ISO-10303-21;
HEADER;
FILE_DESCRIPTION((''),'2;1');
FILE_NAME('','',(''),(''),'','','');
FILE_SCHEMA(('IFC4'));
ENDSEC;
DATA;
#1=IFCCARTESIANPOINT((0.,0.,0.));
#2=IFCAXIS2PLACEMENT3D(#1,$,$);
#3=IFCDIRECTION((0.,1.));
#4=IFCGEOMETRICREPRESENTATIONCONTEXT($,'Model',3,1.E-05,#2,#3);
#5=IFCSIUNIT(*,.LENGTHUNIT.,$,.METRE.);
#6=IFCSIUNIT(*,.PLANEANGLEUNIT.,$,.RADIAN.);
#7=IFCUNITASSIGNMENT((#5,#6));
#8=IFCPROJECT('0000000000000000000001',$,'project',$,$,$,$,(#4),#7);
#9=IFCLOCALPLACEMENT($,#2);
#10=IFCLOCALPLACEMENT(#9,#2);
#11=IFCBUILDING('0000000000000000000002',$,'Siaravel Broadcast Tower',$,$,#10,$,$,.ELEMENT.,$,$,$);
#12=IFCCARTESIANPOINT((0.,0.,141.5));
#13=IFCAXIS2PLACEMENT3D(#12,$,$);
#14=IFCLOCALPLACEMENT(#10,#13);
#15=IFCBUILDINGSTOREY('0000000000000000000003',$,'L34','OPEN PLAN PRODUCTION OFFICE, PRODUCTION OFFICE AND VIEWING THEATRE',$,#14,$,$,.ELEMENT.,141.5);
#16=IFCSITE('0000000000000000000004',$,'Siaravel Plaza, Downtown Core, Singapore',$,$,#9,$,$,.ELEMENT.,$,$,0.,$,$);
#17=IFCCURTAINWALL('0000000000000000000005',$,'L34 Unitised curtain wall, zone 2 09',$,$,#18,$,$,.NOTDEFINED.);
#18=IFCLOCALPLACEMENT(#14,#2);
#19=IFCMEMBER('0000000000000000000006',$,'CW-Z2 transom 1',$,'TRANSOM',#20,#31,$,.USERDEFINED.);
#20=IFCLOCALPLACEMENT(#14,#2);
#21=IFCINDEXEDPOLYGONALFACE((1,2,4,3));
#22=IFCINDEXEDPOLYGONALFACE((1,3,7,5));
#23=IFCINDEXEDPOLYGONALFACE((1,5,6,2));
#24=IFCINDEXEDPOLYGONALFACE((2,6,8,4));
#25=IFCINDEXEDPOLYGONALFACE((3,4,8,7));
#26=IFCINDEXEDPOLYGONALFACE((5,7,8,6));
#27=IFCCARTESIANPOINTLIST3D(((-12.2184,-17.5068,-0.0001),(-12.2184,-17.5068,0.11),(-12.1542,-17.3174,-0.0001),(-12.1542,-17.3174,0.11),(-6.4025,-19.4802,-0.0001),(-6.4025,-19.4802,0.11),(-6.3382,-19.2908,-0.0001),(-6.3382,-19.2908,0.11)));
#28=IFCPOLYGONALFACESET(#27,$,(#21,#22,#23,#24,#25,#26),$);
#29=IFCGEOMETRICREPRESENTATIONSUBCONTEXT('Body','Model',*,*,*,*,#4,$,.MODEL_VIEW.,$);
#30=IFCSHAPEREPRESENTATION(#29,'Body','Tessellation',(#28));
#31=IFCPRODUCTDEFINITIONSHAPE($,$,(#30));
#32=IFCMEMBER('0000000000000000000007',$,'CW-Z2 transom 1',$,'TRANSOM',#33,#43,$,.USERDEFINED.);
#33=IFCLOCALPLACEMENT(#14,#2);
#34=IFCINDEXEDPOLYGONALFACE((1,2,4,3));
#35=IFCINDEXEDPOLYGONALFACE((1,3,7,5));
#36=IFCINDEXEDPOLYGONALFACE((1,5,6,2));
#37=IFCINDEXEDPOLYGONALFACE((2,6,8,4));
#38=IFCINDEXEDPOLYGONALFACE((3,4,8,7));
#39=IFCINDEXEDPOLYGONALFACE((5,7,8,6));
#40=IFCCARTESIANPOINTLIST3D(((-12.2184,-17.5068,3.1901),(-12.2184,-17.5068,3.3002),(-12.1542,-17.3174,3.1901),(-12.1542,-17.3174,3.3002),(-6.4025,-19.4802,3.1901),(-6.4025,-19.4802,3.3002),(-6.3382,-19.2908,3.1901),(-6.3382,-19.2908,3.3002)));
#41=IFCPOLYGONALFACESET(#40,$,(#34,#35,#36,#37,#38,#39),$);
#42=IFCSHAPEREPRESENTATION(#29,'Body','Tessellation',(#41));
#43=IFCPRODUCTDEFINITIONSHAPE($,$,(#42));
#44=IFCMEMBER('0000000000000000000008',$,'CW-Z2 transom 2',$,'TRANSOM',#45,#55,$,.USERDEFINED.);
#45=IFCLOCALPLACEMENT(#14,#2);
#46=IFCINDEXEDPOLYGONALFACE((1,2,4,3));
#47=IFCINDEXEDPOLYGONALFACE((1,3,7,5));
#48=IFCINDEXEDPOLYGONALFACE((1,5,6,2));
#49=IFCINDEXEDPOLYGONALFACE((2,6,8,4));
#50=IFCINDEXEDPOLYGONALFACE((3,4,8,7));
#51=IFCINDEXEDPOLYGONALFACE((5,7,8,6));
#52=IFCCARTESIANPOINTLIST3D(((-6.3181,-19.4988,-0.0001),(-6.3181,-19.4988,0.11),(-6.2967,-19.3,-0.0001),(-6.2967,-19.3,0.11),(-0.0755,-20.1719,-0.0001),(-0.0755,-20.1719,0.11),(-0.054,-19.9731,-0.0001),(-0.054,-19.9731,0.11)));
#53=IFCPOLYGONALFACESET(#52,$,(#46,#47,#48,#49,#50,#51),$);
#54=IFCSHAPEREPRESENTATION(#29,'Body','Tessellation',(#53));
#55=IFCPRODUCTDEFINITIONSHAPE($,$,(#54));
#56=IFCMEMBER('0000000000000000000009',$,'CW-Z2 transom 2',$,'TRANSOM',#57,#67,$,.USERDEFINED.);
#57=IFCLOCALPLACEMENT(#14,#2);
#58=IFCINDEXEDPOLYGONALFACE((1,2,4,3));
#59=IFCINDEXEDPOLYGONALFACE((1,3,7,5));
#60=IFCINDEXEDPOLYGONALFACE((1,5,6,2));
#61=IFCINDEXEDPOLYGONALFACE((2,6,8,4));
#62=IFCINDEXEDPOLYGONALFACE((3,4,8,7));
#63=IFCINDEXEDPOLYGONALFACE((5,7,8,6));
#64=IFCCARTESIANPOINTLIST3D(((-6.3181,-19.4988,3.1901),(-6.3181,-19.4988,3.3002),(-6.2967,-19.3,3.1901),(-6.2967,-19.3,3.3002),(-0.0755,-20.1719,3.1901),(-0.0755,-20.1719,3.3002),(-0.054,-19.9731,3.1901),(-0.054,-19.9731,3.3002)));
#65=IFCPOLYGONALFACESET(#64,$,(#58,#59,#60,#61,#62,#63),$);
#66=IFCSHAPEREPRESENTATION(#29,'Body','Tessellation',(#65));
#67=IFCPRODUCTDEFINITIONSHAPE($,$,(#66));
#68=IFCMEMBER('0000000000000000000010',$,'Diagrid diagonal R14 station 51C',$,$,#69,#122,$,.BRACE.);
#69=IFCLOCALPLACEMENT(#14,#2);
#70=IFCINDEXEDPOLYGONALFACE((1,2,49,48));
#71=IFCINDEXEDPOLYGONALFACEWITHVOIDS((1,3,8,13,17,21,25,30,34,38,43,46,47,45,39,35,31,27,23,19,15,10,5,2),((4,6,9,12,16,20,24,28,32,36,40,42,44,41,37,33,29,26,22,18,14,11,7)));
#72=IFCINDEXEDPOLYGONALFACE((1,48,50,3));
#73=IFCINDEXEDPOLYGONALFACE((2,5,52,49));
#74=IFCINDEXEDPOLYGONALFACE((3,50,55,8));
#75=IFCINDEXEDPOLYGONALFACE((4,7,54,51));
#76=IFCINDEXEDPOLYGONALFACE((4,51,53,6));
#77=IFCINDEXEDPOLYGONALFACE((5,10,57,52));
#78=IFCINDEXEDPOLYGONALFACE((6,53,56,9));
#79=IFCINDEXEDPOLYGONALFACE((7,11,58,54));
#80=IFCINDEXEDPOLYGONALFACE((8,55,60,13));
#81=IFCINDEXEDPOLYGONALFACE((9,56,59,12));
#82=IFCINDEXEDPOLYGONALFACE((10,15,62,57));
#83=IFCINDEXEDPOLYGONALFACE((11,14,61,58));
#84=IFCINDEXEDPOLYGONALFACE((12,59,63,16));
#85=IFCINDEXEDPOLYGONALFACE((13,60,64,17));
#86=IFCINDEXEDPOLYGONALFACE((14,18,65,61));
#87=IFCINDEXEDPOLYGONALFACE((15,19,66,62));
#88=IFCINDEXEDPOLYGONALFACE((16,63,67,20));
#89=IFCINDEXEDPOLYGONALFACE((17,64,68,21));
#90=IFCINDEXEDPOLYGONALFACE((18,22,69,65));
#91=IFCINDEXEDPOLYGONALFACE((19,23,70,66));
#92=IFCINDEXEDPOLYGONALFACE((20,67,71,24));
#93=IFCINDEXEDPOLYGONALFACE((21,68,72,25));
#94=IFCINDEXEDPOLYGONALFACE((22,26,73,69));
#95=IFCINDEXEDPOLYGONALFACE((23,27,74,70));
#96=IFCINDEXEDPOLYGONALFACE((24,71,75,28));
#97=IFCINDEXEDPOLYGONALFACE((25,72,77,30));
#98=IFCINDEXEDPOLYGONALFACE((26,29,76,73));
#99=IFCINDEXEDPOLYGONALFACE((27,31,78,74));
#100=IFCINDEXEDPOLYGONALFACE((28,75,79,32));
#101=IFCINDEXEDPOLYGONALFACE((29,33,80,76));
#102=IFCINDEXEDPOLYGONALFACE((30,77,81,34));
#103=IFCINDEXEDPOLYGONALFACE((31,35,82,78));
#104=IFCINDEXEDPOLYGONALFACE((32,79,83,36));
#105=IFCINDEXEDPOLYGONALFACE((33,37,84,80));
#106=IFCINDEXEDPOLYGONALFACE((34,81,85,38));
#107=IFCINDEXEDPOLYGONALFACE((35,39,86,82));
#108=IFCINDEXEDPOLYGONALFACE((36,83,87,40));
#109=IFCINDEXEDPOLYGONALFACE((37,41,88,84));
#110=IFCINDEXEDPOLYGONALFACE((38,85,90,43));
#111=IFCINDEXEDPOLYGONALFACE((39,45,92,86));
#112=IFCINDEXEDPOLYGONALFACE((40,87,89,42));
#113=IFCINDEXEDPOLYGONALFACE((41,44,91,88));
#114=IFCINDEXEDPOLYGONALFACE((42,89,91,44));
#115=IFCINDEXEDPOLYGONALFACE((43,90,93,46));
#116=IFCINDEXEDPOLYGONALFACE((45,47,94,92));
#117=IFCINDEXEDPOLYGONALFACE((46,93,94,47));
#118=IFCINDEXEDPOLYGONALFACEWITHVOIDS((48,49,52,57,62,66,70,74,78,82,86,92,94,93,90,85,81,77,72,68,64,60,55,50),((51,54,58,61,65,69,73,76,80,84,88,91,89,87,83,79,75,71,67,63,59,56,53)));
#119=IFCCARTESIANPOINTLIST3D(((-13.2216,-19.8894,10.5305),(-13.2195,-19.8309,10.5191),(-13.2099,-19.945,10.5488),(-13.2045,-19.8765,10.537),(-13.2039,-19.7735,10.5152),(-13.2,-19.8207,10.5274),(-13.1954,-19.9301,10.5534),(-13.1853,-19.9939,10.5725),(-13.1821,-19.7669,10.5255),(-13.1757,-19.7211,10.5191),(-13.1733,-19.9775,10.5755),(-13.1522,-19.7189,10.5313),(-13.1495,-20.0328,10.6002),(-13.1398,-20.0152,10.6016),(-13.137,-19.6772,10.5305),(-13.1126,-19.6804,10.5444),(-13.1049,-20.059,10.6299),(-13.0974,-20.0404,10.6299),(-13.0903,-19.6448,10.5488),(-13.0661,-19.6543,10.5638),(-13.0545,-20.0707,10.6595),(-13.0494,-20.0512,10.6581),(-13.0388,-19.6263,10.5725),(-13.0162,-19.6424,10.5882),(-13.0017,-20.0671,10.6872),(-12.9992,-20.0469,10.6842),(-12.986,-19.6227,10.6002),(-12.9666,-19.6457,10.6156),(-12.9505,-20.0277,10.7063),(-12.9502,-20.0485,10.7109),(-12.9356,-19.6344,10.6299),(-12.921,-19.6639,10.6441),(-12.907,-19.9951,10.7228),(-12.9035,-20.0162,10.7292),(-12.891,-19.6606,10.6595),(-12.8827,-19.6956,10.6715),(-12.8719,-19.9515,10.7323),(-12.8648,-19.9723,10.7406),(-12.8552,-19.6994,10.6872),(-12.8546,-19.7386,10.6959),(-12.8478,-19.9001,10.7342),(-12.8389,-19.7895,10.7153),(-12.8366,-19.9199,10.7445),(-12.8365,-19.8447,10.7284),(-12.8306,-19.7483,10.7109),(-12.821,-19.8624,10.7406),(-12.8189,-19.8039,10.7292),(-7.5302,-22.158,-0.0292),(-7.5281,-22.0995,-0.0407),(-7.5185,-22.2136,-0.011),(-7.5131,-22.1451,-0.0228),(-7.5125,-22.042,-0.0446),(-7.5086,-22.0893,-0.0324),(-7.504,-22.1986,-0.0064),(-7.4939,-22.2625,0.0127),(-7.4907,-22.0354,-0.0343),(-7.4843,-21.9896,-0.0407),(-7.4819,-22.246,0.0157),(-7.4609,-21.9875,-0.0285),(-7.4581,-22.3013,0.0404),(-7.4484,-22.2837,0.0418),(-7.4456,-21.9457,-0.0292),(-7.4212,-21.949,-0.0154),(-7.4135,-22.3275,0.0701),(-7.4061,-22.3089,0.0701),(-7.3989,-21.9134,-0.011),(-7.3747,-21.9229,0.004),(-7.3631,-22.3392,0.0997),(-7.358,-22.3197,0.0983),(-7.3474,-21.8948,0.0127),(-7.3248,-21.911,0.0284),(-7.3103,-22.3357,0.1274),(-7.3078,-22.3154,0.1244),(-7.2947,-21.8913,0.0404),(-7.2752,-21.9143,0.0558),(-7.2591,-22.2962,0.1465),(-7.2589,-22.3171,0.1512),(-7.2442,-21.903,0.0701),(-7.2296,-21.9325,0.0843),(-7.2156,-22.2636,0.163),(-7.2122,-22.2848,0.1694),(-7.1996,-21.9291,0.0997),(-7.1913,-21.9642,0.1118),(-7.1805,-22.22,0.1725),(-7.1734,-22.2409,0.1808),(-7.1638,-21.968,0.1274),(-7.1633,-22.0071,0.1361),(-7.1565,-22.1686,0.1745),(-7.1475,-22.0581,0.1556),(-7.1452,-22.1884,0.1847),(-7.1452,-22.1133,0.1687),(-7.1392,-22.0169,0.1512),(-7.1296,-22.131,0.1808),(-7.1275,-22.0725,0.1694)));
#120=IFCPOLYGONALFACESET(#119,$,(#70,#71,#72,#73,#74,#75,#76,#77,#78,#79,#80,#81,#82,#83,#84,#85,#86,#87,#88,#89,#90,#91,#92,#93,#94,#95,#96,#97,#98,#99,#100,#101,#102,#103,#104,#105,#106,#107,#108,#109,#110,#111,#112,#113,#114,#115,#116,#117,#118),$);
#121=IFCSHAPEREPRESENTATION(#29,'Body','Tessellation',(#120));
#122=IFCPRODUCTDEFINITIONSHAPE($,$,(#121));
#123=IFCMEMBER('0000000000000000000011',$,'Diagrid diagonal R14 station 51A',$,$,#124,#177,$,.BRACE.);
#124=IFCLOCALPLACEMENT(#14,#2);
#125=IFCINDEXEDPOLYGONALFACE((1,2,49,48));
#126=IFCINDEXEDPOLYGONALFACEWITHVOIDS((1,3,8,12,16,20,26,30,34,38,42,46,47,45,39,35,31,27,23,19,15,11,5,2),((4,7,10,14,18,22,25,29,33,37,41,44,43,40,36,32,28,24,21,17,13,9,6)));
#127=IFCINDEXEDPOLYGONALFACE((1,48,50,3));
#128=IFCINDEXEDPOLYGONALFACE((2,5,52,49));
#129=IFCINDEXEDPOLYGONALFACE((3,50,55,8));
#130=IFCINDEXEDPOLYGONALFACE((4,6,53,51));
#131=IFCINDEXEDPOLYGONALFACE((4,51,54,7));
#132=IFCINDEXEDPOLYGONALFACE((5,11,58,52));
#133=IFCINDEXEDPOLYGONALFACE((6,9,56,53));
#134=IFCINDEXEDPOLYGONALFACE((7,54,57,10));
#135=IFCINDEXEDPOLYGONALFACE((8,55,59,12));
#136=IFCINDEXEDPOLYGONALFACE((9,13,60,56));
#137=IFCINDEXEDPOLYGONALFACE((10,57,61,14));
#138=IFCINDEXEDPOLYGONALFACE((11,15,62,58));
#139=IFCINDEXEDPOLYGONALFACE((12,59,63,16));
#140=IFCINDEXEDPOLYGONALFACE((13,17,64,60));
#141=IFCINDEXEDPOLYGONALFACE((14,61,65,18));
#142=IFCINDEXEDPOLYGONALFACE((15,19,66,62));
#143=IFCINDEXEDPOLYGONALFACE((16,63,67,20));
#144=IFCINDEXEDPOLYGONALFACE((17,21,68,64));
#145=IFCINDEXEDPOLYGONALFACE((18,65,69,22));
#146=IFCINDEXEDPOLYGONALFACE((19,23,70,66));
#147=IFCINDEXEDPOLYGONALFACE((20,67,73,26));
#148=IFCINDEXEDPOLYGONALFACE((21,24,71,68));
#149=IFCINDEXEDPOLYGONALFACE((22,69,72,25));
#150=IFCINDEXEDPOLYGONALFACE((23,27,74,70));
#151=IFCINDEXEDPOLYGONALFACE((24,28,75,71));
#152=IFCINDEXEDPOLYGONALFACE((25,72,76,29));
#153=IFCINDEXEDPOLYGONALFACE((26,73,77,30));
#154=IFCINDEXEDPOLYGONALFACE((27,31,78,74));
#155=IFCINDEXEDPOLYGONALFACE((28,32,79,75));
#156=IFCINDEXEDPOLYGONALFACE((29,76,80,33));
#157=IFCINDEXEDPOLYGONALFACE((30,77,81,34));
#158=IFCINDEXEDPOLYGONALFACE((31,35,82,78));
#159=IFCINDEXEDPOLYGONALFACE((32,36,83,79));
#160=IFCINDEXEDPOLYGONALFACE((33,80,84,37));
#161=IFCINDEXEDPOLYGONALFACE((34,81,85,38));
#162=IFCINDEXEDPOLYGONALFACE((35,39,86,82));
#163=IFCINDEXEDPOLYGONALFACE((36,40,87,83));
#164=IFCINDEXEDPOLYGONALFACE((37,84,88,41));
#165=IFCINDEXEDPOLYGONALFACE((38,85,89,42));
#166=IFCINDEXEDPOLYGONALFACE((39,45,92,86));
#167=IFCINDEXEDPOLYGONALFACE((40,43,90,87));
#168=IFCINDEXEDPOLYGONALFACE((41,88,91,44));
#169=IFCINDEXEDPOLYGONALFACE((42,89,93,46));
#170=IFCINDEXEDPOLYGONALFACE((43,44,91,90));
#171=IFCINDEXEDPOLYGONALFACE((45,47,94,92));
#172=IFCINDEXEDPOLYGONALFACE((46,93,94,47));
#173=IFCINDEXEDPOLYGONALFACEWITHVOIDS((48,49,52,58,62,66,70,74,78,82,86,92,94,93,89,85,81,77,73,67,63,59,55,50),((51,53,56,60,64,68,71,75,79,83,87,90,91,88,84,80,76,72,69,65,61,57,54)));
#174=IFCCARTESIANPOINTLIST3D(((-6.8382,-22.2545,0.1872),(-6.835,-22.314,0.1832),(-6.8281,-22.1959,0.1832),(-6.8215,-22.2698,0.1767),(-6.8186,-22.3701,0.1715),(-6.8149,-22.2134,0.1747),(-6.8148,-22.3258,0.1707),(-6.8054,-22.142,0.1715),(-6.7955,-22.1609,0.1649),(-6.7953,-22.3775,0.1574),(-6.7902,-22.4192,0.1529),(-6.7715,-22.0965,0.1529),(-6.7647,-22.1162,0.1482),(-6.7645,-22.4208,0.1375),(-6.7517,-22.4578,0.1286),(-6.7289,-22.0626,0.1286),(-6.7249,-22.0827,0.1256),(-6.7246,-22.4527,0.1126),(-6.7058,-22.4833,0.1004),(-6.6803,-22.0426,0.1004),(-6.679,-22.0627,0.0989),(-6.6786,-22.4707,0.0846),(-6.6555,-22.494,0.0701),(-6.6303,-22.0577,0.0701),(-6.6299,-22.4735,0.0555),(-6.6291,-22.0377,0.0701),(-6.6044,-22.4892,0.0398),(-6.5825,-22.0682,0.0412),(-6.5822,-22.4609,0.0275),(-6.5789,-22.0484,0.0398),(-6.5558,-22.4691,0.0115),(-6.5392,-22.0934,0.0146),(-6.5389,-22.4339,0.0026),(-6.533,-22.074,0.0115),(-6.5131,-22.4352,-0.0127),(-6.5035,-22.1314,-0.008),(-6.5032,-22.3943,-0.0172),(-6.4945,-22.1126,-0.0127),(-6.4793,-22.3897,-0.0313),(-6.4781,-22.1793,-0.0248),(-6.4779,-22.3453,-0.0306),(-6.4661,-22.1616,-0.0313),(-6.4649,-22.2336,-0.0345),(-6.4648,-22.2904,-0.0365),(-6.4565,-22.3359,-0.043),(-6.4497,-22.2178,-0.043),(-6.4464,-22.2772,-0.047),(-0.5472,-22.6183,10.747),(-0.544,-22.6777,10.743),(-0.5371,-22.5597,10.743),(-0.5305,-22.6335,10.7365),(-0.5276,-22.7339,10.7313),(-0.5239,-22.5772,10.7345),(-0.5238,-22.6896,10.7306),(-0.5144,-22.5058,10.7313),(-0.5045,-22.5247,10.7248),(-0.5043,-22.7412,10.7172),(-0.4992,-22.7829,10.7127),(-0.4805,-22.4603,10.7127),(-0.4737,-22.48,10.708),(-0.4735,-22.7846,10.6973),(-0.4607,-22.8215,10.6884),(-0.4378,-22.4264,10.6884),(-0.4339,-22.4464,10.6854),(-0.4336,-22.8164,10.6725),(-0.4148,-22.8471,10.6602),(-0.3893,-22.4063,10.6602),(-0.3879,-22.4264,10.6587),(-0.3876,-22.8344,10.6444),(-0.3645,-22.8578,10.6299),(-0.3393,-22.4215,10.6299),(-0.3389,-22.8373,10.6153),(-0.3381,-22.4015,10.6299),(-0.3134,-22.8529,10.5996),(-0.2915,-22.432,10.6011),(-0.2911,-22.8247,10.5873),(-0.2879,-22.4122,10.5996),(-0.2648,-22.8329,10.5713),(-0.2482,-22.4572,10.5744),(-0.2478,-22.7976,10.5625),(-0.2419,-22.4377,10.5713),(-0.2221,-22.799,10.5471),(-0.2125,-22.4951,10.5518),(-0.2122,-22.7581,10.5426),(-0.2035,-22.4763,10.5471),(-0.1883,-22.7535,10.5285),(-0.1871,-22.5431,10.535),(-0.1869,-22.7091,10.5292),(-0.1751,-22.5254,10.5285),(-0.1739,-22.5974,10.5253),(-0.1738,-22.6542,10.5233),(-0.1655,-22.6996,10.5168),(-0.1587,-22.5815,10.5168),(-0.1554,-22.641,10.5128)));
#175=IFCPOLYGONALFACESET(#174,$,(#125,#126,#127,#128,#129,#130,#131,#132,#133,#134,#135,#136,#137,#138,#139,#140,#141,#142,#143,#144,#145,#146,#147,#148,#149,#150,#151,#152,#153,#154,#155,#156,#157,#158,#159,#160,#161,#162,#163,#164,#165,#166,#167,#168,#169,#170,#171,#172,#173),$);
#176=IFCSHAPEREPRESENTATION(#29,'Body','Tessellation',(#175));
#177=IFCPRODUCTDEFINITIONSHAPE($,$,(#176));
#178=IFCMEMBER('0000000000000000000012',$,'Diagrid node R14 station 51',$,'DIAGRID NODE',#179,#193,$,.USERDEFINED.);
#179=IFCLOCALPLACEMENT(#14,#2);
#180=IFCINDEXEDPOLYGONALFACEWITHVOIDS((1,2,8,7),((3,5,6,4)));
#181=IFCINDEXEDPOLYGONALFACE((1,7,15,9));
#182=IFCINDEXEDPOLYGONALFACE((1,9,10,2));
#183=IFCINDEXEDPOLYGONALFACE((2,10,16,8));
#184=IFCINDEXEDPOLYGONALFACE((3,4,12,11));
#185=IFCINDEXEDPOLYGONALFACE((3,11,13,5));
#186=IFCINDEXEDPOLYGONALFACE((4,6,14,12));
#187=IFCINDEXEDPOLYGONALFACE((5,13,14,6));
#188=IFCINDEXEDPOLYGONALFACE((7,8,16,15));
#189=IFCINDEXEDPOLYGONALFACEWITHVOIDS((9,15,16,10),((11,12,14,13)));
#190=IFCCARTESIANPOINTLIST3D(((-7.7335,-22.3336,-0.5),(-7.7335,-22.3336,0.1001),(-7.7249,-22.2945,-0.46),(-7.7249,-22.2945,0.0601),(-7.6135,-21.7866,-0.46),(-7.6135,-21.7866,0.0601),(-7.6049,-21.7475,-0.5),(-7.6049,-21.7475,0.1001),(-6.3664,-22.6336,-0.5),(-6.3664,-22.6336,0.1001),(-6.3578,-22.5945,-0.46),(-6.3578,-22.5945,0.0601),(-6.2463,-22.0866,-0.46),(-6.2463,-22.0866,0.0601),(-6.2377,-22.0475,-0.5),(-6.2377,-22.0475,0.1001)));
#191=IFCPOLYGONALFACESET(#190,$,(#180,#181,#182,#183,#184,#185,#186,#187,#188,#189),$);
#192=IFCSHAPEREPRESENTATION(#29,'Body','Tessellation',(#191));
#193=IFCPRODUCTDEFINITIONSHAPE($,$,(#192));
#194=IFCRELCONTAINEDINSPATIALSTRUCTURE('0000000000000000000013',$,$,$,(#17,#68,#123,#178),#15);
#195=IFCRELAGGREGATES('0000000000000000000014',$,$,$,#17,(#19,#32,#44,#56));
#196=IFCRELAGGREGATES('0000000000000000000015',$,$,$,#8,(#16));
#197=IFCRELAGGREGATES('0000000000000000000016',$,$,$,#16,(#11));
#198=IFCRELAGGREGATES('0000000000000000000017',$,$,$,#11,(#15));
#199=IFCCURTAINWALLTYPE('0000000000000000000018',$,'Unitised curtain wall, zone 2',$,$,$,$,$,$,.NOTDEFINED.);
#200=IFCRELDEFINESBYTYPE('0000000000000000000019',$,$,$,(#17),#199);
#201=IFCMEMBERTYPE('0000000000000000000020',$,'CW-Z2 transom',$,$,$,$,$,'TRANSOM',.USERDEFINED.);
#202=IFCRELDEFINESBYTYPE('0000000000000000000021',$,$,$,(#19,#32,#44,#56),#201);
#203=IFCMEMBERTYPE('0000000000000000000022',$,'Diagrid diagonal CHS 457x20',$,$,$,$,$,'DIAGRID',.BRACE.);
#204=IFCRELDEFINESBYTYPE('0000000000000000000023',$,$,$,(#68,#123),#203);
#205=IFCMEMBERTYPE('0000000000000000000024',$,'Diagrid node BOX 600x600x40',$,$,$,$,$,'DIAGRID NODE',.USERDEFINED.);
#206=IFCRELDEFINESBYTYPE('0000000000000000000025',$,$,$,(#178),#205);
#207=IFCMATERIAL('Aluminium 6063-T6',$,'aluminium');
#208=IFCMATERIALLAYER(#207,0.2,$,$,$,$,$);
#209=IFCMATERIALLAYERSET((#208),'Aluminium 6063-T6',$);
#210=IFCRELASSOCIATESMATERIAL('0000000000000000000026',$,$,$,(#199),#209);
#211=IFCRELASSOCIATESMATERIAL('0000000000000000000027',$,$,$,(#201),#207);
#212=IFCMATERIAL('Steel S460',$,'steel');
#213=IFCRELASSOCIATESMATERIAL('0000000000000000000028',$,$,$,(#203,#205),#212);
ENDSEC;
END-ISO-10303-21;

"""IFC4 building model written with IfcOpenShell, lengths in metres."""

from ifc_helpers import new_model, si_unit, direction, frame, origin, origin_2d, place, context, subcontext, project, spatial, rectangle, hollow_rectangle, hollow_circle, extrude, material, layer, layer_set, material_profile, profile_set, type_object, element, aggregate, save


model = new_model("IFC4")

# Units and contexts
model_context = context("Model", 3, precision=1e-05, world=origin(), true_north=direction((0.0, 1.0)))
body_context = subcontext(model_context, "Body", "Model", "MODEL_VIEW")
ifc_project = project(units=[si_unit("LENGTHUNIT", "METRE"), si_unit("PLANEANGLEUNIT", "RADIAN")], contexts=[model_context])

# Site, building, storey
site_placement = place(None, origin())
site = spatial("IfcSite", under=ifc_project, at=site_placement, Name="Siaravel Plaza, Downtown Core, Singapore", CompositionType="ELEMENT", RefElevation=0.0)
building_placement = place(site_placement, origin())
building = spatial("IfcBuilding", under=site, at=building_placement, Name="Siaravel Broadcast Tower", CompositionType="ELEMENT")
storey_placement = place(building_placement, frame((0.0, 0.0, 141.5)))
storey = spatial("IfcBuildingStorey", under=building, at=storey_placement, Name="L34", Description="OPEN PLAN PRODUCTION OFFICE, PRODUCTION OFFICE AND VIEWING THEATRE", CompositionType="ELEMENT", Elevation=141.5)

# Curtain wall, members
ifc_material_1 = material(Name="Aluminium 6063-T6", Category="aluminium")
ifc_layer_1 = layer(ifc_material_1, 0.2)
ifc_layer_set_1 = layer_set([ifc_layer_1], Name="Aluminium 6063-T6")
curtain_wall_type = type_object("IfcCurtainWallType", Name="Unitised curtain wall, zone 2", PredefinedType="NOTDEFINED", material=ifc_layer_set_1)
curtain_wall_placement = place(storey_placement, origin())
curtain_wall = element("IfcCurtainWall", 1, at=curtain_wall_placement, inside=storey, type_object=curtain_wall_type, Name="L34 Unitised curtain wall, zone 2 09", PredefinedType="NOTDEFINED")
ifc_material_profile_1 = material_profile(ifc_material_1, rectangle(XDim=0.2, YDim=0.1101, at=origin_2d()))
ifc_profile_set_1 = profile_set([ifc_material_profile_1], Name="Aluminium 6063-T6")
member_type_1 = type_object("IfcMemberType", Name="CW-Z2 transom", ElementType="TRANSOM", PredefinedType="USERDEFINED", material=ifc_profile_set_1)
member_1_placement = place(storey_placement, frame((-12.1863, -17.4121, 0.0549), z_axis=(0.946972, -0.321315, 0.0), x_axis=(0.321315, 0.946972, 0.0)))
member_1 = element("IfcMember", 2, at=member_1_placement, type_object=member_type_1, Name="CW-Z2 transom 1", ObjectType="TRANSOM", PredefinedType="USERDEFINED", context=body_context, shape_type="SweptSolid", body=[
    extrude(rectangle(XDim=0.2, YDim=0.1101, at=origin_2d()), origin(), (0.0, 0.0, 1.0), 6.1416),
])
member_2_placement = place(storey_placement, frame((-12.1863, -17.4121, 3.2451), z_axis=(0.946972, -0.321315, 0.0), x_axis=(0.321315, 0.946972, 0.0)))
member_2 = element("IfcMember", 3, at=member_2_placement, type_object=member_type_1, Name="CW-Z2 transom 1", ObjectType="TRANSOM", PredefinedType="USERDEFINED", context=body_context, shape_type="SweptSolid", body=[
    extrude(rectangle(XDim=0.2, YDim=0.1101, at=origin_2d()), origin(), (0.0, 0.0, 1.0), 6.1416),
])
member_3_placement = place(storey_placement, frame((-6.3074, -19.3994, 0.0549), z_axis=(0.994237, -0.1072, 0.0), x_axis=(0.1072, 0.994237, 0.0)))
member_3 = element("IfcMember", 4, at=member_3_placement, type_object=member_type_1, Name="CW-Z2 transom 2", ObjectType="TRANSOM", PredefinedType="USERDEFINED", context=body_context, shape_type="SweptSolid", body=[
    extrude(rectangle(XDim=0.2, YDim=0.1101, at=origin_2d()), origin(), (0.0, 0.0, 1.0), 6.2788),
])
member_4_placement = place(storey_placement, frame((-6.3074, -19.3994, 3.2451), z_axis=(0.994237, -0.1072, 0.0), x_axis=(0.1072, 0.994237, 0.0)))
member_4 = element("IfcMember", 5, at=member_4_placement, type_object=member_type_1, Name="CW-Z2 transom 2", ObjectType="TRANSOM", PredefinedType="USERDEFINED", context=body_context, shape_type="SweptSolid", body=[
    extrude(rectangle(XDim=0.2, YDim=0.1101, at=origin_2d()), origin(), (0.0, 0.0, 1.0), 6.2788),
])

# Members
ifc_material_2 = material(Name="Steel S460", Category="steel")
ifc_material_profile_2 = material_profile(ifc_material_2, hollow_circle(Radius=0.2285, WallThickness=0.02, at=origin_2d()))
ifc_profile_set_2 = profile_set([ifc_material_profile_2], Name="Steel S460")
member_type_2 = type_object("IfcMemberType", Name="Diagrid diagonal CHS 457x20", ElementType="DIAGRID", PredefinedType="BRACE", material=ifc_profile_set_2)
member_5_placement = place(storey_placement, frame((-7.3289, -22.1152, 0.0701), z_axis=(-0.466183, 0.185817, 0.864954), x_axis=(-0.370264, -0.928927, 0.0)))
element("IfcMember", 6, at=member_5_placement, inside=storey, type_object=member_type_2, Name="Diagrid diagonal R14 station 51C", PredefinedType="BRACE", context=body_context, shape_type="SweptSolid", body=[
    extrude(hollow_circle(Radius=0.2285, WallThickness=0.02, at=origin_2d()), origin(), (0.0, 0.0, 1.0), 12.2085),
])
member_6_placement = place(storey_placement, frame((-6.6423, -22.2659, 0.0701), z_axis=(0.511585, -0.029582, 0.858723), x_axis=(0.057727, 0.998332, 0.0)))
element("IfcMember", 7, at=member_6_placement, inside=storey, type_object=member_type_2, Name="Diagrid diagonal R14 station 51A", PredefinedType="BRACE", context=body_context, shape_type="SweptSolid", body=[
    extrude(hollow_circle(Radius=0.2285, WallThickness=0.02, at=origin_2d()), origin(), (0.0, 0.0, 1.0), 12.2971),
])
ifc_material_profile_3 = material_profile(ifc_material_2, hollow_rectangle(XDim=0.6001, YDim=0.6001, WallThickness=0.04, at=origin_2d()))
ifc_profile_set_3 = profile_set([ifc_material_profile_3], Name="Steel S460")
member_type_3 = type_object("IfcMemberType", Name="Diagrid node BOX 600x600x40", ElementType="DIAGRID NODE", PredefinedType="USERDEFINED", material=ifc_profile_set_3)
member_7_placement = place(storey_placement, frame((-7.6692, -22.0405, -0.2), z_axis=(0.976754, -0.214363, 0.0), x_axis=(0.214363, 0.976754, 0.0)))
element("IfcMember", 8, at=member_7_placement, inside=storey, type_object=member_type_3, Name="Diagrid node R14 station 51", ObjectType="DIAGRID NODE", PredefinedType="USERDEFINED", context=body_context, shape_type="SweptSolid", body=[
    extrude(hollow_rectangle(XDim=0.6001, YDim=0.6001, WallThickness=0.04, at=origin_2d()), origin(), (0.0, 0.0, 1.0), 1.3997),
])

aggregate(curtain_wall, [member_1, member_2, member_3, member_4])

save(model, "model.ifc")
